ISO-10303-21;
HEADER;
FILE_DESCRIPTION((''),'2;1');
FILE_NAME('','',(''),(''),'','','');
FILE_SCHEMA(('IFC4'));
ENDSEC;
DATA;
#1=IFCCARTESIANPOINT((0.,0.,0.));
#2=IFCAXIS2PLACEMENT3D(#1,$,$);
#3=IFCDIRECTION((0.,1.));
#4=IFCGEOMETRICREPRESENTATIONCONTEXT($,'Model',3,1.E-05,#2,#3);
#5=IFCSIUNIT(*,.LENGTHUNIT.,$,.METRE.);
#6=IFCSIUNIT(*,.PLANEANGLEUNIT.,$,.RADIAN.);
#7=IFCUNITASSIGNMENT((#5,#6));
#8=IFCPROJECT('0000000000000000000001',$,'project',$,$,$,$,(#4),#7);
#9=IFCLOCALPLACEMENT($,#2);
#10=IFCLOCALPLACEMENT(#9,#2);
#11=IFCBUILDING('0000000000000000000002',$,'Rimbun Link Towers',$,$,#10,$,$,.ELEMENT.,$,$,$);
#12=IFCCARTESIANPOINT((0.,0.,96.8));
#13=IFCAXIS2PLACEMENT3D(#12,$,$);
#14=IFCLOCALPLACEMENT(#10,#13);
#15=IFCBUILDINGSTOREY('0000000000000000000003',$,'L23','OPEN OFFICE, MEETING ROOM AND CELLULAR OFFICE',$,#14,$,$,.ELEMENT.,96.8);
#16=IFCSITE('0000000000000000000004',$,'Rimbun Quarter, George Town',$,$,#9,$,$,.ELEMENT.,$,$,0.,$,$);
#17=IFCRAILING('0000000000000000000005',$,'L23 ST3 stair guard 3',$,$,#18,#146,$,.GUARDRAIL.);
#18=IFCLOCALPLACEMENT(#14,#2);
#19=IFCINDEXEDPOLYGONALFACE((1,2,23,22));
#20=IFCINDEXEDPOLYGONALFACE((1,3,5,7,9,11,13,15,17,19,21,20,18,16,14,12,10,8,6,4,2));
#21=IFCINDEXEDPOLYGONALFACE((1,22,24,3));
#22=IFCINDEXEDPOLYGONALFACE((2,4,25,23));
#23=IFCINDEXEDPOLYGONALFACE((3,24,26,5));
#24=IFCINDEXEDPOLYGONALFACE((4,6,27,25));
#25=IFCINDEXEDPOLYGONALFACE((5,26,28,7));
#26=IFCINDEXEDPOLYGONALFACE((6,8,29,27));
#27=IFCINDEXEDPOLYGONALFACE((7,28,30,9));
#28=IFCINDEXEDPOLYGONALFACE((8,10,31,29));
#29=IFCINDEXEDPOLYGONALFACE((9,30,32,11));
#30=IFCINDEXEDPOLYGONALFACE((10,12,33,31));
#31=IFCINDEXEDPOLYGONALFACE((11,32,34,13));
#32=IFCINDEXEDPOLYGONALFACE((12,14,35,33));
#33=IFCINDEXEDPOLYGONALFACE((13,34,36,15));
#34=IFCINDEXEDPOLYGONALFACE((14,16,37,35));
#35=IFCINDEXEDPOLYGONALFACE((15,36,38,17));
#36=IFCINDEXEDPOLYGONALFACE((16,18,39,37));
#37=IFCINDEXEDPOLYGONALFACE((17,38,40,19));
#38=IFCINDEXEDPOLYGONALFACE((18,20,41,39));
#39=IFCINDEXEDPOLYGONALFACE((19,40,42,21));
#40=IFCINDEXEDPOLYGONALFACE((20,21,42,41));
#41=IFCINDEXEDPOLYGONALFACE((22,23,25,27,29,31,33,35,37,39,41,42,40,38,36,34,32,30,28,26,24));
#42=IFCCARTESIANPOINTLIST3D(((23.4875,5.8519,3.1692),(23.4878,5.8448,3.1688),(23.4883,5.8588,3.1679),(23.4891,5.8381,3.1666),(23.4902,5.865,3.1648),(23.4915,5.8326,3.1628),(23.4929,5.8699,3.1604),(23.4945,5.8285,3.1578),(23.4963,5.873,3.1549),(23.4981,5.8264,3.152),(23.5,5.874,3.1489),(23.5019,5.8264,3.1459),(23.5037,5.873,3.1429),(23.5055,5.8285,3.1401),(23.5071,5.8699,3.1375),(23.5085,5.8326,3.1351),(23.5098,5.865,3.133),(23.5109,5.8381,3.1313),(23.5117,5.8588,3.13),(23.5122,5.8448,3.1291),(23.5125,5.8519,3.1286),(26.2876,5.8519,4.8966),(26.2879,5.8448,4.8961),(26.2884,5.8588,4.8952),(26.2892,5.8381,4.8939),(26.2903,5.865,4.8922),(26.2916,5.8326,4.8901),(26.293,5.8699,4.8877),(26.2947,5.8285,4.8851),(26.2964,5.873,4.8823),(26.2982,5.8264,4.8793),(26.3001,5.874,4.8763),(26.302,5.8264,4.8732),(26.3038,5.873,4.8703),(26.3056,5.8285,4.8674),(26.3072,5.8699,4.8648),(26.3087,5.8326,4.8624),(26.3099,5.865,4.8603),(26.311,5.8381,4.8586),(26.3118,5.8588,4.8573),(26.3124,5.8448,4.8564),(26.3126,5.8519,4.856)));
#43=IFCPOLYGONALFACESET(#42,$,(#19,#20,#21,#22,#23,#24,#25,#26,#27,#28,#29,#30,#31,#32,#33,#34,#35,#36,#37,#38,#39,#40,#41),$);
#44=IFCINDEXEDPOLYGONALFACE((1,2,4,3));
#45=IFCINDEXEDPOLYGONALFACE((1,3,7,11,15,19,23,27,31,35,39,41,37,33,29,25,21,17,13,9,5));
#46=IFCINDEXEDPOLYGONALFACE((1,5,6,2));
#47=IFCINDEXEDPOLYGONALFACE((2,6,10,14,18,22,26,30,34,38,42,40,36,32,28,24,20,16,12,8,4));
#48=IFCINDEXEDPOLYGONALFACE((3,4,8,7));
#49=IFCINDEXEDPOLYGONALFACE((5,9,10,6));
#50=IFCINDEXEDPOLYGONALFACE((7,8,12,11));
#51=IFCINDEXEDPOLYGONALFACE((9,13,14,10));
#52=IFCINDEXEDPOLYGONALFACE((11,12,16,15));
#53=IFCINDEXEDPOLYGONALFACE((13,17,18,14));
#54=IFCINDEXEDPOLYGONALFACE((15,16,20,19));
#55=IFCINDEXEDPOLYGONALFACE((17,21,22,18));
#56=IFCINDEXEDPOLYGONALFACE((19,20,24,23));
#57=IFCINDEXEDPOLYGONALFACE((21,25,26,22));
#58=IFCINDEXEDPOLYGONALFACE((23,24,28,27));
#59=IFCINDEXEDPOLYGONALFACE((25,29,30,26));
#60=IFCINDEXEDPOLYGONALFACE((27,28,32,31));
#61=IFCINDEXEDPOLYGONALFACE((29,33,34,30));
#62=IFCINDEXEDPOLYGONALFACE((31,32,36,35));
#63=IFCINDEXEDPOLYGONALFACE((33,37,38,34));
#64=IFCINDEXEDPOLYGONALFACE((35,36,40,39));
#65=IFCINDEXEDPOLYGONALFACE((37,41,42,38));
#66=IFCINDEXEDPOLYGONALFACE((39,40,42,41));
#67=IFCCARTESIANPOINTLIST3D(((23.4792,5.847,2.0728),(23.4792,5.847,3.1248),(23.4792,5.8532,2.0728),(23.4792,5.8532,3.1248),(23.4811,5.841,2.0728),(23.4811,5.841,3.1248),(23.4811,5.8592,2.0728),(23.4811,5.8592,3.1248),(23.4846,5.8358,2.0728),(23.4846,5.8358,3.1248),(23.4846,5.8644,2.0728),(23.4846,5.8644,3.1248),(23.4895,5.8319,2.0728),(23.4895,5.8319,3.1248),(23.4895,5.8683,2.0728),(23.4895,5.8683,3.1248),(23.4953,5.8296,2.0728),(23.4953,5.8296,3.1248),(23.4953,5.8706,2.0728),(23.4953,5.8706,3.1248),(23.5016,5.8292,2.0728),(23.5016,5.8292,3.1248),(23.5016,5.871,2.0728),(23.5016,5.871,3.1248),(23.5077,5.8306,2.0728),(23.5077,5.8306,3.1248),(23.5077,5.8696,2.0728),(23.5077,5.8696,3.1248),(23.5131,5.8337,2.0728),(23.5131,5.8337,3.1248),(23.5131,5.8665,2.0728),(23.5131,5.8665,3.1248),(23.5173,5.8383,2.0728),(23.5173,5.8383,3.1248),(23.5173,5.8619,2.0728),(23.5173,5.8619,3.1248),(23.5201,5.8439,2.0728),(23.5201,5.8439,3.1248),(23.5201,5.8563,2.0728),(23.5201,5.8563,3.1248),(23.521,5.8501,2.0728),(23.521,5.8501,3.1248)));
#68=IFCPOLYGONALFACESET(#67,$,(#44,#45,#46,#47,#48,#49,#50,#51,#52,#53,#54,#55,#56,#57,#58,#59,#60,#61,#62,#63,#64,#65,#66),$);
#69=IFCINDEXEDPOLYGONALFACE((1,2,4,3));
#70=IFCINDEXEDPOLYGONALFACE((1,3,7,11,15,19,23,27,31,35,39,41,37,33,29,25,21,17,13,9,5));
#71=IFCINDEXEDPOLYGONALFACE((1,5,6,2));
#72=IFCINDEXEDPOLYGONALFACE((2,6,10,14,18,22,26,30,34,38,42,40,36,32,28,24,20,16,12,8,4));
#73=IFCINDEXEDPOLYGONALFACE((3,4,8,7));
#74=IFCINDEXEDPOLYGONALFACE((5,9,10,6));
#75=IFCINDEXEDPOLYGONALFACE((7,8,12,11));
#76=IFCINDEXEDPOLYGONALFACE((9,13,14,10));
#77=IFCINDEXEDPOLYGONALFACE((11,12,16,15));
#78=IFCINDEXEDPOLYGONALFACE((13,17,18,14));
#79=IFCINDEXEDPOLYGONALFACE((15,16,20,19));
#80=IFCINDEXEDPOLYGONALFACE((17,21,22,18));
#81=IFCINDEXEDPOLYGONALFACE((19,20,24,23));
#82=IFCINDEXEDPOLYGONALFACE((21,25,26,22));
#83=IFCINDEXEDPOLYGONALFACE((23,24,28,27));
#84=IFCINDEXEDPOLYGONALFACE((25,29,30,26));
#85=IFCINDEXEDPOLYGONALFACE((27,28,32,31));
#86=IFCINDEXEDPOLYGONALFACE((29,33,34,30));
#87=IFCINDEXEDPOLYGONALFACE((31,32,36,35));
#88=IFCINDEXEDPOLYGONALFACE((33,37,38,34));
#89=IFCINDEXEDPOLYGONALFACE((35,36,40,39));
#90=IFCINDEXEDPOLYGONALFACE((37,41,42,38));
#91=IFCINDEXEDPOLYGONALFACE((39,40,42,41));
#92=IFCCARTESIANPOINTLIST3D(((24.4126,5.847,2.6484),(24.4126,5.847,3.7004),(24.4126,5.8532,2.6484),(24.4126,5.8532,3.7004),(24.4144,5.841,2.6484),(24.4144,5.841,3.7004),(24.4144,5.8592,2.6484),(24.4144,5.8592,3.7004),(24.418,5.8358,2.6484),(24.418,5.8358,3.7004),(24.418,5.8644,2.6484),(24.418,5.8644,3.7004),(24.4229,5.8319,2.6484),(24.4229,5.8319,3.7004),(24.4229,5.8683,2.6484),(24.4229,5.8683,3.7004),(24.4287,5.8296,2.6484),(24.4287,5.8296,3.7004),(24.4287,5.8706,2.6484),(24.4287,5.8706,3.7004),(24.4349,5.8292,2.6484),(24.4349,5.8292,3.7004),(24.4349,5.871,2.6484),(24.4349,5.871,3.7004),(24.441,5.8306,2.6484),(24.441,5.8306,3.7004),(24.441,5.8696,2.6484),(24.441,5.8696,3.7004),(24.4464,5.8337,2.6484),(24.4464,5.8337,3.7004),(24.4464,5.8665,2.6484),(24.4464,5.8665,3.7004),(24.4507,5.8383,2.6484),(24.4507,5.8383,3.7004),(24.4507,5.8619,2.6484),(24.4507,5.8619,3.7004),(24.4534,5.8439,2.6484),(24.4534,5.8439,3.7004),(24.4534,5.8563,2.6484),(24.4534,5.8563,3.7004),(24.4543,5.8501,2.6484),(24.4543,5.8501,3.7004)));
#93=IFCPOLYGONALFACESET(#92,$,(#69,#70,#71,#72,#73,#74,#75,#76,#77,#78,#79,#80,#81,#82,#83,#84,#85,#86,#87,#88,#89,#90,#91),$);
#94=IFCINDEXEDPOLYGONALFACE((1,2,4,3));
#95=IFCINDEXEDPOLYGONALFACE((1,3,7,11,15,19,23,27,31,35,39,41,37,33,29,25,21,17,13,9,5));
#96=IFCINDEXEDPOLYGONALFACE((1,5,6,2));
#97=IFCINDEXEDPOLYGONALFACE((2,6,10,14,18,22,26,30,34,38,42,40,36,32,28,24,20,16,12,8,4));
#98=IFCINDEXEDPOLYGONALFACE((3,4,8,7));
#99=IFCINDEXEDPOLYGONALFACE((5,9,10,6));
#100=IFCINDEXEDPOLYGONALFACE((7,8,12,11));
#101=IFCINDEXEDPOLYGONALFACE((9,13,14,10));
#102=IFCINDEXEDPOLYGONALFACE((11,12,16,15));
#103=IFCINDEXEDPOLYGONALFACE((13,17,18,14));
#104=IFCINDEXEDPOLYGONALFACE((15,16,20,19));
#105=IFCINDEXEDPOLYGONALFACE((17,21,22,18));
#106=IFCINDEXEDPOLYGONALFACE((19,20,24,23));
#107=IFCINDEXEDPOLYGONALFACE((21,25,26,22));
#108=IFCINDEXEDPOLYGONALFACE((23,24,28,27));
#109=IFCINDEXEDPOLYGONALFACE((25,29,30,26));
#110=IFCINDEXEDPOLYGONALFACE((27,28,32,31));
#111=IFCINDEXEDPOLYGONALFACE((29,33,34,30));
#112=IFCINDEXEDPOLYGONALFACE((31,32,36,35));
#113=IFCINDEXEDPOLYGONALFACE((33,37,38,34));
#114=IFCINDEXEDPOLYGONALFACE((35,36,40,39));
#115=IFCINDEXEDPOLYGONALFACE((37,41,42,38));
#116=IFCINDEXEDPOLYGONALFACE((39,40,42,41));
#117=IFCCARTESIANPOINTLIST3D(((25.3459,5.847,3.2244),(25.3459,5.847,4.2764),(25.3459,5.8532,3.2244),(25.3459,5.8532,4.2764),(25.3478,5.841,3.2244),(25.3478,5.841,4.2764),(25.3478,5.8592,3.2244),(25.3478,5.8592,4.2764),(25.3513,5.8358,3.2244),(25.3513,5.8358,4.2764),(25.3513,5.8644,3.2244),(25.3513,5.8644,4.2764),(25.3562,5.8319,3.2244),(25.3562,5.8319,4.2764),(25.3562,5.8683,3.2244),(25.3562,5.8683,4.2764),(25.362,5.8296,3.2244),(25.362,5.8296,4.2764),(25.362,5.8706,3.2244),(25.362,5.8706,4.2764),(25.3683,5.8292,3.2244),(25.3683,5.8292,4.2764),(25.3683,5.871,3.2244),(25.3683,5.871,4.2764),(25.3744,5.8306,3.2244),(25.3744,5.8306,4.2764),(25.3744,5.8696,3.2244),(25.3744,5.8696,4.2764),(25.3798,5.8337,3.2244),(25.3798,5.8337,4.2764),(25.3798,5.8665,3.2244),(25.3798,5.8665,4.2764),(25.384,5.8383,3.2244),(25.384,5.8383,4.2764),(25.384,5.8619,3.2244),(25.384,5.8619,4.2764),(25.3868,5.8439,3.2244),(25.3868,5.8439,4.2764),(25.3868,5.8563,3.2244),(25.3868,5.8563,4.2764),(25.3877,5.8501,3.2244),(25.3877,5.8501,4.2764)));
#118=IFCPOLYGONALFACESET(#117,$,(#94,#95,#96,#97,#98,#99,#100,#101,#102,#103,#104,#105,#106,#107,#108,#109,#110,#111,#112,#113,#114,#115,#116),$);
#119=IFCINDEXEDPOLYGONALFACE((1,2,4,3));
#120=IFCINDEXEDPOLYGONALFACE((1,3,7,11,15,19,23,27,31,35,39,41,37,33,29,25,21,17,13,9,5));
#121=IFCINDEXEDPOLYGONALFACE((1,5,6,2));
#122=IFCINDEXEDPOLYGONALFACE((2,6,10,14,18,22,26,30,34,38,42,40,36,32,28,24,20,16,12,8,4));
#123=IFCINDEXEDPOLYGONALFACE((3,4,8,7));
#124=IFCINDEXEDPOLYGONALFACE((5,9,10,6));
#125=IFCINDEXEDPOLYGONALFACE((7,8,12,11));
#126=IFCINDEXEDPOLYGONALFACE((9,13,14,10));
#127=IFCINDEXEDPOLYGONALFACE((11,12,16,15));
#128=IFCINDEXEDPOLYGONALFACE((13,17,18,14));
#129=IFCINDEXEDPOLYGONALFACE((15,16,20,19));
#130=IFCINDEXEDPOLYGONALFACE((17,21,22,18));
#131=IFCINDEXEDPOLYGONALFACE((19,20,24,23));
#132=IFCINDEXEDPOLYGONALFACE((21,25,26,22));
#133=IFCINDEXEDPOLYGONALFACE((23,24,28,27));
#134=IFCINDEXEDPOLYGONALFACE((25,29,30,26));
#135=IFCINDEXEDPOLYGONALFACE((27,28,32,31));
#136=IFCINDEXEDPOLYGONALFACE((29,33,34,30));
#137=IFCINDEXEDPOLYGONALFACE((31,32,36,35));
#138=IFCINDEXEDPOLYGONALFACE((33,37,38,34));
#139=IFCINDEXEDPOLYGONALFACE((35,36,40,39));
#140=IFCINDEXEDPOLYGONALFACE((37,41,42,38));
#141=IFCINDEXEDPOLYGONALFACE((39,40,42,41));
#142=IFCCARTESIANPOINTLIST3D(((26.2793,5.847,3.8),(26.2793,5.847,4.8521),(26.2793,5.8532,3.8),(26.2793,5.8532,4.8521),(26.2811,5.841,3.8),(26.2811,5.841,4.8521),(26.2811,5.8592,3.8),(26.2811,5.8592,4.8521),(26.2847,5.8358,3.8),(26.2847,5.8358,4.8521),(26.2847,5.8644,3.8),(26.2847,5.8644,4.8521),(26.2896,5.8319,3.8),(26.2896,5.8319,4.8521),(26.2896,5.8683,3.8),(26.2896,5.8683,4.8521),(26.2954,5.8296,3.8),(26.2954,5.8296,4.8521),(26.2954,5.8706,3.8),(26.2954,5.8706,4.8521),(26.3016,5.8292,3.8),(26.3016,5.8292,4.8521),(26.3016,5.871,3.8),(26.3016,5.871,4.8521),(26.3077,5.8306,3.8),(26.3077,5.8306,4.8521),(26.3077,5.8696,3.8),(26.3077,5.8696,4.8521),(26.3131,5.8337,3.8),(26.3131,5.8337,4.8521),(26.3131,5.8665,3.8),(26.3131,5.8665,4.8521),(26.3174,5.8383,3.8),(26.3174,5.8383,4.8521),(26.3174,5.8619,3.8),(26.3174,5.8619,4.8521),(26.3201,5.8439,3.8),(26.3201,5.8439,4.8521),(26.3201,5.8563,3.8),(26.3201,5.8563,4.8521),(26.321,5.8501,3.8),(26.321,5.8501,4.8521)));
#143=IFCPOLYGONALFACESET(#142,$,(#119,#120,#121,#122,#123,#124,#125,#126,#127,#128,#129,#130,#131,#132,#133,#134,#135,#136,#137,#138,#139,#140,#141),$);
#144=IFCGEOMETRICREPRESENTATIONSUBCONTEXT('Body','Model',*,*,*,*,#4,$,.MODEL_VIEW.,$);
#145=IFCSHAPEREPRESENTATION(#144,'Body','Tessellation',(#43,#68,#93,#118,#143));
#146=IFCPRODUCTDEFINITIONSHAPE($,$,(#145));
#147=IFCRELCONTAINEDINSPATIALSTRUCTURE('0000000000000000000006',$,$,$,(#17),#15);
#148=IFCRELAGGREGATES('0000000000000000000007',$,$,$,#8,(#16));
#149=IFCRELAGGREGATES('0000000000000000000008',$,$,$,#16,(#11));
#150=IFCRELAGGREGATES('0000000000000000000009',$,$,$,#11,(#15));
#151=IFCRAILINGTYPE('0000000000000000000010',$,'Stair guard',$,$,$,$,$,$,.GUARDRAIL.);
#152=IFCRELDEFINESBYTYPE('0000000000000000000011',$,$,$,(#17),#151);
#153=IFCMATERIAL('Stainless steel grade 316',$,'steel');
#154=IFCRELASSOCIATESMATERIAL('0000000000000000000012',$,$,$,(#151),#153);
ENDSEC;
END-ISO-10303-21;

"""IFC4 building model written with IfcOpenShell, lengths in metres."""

from ifc_helpers import new_model, si_unit, direction, frame, origin, origin_2d, place, context, subcontext, project, spatial, circle, extrude, material, type_object, element, save


model = new_model("IFC4")

# Units and contexts
model_context = context("Model", 3, precision=1e-05, world=origin(), true_north=direction((0.0, 1.0)))
body_context = subcontext(model_context, "Body", "Model", "MODEL_VIEW")
ifc_project = project(units=[si_unit("LENGTHUNIT", "METRE"), si_unit("PLANEANGLEUNIT", "RADIAN")], contexts=[model_context])

# Site, building, storey
site_placement = place(None, origin())
site = spatial("IfcSite", under=ifc_project, at=site_placement, Name="Rimbun Quarter, George Town", CompositionType="ELEMENT", RefElevation=0.0)
building_placement = place(site_placement, origin())
building = spatial("IfcBuilding", under=site, at=building_placement, Name="Rimbun Link Towers", CompositionType="ELEMENT")
storey_placement = place(building_placement, frame((0.0, 0.0, 96.8)))
storey = spatial("IfcBuildingStorey", under=building, at=storey_placement, Name="L23", Description="OPEN OFFICE, MEETING ROOM AND CELLULAR OFFICE", CompositionType="ELEMENT", Elevation=96.8)

# Railing
ifc_material_1 = material(Name="Stainless steel grade 316", Category="steel")
railing_type_1 = type_object("IfcRailingType", Name="Stair guard", PredefinedType="GUARDRAIL", material=ifc_material_1)
railing_1_placement = place(storey_placement, frame((23.5, 5.8501, 2.0728)))
element("IfcRailing", 1, at=railing_1_placement, inside=storey, type_object=railing_type_1, Name="L23 ST3 stair guard 3", PredefinedType="GUARDRAIL", context=body_context, shape_type="SweptSolid", body=[
    extrude(circle(Radius=0.0239, at=origin_2d()), frame((0.0, 0.0, 1.0762), z_axis=(0.85109, 0.0, 0.52502), x_axis=(0.0, 1.0, 0.0)), (0.0, 0.0, 1.0), 3.29),
    extrude(circle(Radius=0.021, at=origin_2d()), origin(), (0.0, 0.0, 1.0), 1.052),
    extrude(circle(Radius=0.021, at=origin_2d()), frame((0.9333, 0.0, 0.5757)), (0.0, 0.0, 1.0), 1.052),
    extrude(circle(Radius=0.021, at=origin_2d()), frame((1.8667, 0.0, 1.1516)), (0.0, 0.0, 1.0), 1.052),
    extrude(circle(Radius=0.021, at=origin_2d()), frame((2.8, 0.0, 1.7273)), (0.0, 0.0, 1.0), 1.052),
])

save(model, "model.ifc")
